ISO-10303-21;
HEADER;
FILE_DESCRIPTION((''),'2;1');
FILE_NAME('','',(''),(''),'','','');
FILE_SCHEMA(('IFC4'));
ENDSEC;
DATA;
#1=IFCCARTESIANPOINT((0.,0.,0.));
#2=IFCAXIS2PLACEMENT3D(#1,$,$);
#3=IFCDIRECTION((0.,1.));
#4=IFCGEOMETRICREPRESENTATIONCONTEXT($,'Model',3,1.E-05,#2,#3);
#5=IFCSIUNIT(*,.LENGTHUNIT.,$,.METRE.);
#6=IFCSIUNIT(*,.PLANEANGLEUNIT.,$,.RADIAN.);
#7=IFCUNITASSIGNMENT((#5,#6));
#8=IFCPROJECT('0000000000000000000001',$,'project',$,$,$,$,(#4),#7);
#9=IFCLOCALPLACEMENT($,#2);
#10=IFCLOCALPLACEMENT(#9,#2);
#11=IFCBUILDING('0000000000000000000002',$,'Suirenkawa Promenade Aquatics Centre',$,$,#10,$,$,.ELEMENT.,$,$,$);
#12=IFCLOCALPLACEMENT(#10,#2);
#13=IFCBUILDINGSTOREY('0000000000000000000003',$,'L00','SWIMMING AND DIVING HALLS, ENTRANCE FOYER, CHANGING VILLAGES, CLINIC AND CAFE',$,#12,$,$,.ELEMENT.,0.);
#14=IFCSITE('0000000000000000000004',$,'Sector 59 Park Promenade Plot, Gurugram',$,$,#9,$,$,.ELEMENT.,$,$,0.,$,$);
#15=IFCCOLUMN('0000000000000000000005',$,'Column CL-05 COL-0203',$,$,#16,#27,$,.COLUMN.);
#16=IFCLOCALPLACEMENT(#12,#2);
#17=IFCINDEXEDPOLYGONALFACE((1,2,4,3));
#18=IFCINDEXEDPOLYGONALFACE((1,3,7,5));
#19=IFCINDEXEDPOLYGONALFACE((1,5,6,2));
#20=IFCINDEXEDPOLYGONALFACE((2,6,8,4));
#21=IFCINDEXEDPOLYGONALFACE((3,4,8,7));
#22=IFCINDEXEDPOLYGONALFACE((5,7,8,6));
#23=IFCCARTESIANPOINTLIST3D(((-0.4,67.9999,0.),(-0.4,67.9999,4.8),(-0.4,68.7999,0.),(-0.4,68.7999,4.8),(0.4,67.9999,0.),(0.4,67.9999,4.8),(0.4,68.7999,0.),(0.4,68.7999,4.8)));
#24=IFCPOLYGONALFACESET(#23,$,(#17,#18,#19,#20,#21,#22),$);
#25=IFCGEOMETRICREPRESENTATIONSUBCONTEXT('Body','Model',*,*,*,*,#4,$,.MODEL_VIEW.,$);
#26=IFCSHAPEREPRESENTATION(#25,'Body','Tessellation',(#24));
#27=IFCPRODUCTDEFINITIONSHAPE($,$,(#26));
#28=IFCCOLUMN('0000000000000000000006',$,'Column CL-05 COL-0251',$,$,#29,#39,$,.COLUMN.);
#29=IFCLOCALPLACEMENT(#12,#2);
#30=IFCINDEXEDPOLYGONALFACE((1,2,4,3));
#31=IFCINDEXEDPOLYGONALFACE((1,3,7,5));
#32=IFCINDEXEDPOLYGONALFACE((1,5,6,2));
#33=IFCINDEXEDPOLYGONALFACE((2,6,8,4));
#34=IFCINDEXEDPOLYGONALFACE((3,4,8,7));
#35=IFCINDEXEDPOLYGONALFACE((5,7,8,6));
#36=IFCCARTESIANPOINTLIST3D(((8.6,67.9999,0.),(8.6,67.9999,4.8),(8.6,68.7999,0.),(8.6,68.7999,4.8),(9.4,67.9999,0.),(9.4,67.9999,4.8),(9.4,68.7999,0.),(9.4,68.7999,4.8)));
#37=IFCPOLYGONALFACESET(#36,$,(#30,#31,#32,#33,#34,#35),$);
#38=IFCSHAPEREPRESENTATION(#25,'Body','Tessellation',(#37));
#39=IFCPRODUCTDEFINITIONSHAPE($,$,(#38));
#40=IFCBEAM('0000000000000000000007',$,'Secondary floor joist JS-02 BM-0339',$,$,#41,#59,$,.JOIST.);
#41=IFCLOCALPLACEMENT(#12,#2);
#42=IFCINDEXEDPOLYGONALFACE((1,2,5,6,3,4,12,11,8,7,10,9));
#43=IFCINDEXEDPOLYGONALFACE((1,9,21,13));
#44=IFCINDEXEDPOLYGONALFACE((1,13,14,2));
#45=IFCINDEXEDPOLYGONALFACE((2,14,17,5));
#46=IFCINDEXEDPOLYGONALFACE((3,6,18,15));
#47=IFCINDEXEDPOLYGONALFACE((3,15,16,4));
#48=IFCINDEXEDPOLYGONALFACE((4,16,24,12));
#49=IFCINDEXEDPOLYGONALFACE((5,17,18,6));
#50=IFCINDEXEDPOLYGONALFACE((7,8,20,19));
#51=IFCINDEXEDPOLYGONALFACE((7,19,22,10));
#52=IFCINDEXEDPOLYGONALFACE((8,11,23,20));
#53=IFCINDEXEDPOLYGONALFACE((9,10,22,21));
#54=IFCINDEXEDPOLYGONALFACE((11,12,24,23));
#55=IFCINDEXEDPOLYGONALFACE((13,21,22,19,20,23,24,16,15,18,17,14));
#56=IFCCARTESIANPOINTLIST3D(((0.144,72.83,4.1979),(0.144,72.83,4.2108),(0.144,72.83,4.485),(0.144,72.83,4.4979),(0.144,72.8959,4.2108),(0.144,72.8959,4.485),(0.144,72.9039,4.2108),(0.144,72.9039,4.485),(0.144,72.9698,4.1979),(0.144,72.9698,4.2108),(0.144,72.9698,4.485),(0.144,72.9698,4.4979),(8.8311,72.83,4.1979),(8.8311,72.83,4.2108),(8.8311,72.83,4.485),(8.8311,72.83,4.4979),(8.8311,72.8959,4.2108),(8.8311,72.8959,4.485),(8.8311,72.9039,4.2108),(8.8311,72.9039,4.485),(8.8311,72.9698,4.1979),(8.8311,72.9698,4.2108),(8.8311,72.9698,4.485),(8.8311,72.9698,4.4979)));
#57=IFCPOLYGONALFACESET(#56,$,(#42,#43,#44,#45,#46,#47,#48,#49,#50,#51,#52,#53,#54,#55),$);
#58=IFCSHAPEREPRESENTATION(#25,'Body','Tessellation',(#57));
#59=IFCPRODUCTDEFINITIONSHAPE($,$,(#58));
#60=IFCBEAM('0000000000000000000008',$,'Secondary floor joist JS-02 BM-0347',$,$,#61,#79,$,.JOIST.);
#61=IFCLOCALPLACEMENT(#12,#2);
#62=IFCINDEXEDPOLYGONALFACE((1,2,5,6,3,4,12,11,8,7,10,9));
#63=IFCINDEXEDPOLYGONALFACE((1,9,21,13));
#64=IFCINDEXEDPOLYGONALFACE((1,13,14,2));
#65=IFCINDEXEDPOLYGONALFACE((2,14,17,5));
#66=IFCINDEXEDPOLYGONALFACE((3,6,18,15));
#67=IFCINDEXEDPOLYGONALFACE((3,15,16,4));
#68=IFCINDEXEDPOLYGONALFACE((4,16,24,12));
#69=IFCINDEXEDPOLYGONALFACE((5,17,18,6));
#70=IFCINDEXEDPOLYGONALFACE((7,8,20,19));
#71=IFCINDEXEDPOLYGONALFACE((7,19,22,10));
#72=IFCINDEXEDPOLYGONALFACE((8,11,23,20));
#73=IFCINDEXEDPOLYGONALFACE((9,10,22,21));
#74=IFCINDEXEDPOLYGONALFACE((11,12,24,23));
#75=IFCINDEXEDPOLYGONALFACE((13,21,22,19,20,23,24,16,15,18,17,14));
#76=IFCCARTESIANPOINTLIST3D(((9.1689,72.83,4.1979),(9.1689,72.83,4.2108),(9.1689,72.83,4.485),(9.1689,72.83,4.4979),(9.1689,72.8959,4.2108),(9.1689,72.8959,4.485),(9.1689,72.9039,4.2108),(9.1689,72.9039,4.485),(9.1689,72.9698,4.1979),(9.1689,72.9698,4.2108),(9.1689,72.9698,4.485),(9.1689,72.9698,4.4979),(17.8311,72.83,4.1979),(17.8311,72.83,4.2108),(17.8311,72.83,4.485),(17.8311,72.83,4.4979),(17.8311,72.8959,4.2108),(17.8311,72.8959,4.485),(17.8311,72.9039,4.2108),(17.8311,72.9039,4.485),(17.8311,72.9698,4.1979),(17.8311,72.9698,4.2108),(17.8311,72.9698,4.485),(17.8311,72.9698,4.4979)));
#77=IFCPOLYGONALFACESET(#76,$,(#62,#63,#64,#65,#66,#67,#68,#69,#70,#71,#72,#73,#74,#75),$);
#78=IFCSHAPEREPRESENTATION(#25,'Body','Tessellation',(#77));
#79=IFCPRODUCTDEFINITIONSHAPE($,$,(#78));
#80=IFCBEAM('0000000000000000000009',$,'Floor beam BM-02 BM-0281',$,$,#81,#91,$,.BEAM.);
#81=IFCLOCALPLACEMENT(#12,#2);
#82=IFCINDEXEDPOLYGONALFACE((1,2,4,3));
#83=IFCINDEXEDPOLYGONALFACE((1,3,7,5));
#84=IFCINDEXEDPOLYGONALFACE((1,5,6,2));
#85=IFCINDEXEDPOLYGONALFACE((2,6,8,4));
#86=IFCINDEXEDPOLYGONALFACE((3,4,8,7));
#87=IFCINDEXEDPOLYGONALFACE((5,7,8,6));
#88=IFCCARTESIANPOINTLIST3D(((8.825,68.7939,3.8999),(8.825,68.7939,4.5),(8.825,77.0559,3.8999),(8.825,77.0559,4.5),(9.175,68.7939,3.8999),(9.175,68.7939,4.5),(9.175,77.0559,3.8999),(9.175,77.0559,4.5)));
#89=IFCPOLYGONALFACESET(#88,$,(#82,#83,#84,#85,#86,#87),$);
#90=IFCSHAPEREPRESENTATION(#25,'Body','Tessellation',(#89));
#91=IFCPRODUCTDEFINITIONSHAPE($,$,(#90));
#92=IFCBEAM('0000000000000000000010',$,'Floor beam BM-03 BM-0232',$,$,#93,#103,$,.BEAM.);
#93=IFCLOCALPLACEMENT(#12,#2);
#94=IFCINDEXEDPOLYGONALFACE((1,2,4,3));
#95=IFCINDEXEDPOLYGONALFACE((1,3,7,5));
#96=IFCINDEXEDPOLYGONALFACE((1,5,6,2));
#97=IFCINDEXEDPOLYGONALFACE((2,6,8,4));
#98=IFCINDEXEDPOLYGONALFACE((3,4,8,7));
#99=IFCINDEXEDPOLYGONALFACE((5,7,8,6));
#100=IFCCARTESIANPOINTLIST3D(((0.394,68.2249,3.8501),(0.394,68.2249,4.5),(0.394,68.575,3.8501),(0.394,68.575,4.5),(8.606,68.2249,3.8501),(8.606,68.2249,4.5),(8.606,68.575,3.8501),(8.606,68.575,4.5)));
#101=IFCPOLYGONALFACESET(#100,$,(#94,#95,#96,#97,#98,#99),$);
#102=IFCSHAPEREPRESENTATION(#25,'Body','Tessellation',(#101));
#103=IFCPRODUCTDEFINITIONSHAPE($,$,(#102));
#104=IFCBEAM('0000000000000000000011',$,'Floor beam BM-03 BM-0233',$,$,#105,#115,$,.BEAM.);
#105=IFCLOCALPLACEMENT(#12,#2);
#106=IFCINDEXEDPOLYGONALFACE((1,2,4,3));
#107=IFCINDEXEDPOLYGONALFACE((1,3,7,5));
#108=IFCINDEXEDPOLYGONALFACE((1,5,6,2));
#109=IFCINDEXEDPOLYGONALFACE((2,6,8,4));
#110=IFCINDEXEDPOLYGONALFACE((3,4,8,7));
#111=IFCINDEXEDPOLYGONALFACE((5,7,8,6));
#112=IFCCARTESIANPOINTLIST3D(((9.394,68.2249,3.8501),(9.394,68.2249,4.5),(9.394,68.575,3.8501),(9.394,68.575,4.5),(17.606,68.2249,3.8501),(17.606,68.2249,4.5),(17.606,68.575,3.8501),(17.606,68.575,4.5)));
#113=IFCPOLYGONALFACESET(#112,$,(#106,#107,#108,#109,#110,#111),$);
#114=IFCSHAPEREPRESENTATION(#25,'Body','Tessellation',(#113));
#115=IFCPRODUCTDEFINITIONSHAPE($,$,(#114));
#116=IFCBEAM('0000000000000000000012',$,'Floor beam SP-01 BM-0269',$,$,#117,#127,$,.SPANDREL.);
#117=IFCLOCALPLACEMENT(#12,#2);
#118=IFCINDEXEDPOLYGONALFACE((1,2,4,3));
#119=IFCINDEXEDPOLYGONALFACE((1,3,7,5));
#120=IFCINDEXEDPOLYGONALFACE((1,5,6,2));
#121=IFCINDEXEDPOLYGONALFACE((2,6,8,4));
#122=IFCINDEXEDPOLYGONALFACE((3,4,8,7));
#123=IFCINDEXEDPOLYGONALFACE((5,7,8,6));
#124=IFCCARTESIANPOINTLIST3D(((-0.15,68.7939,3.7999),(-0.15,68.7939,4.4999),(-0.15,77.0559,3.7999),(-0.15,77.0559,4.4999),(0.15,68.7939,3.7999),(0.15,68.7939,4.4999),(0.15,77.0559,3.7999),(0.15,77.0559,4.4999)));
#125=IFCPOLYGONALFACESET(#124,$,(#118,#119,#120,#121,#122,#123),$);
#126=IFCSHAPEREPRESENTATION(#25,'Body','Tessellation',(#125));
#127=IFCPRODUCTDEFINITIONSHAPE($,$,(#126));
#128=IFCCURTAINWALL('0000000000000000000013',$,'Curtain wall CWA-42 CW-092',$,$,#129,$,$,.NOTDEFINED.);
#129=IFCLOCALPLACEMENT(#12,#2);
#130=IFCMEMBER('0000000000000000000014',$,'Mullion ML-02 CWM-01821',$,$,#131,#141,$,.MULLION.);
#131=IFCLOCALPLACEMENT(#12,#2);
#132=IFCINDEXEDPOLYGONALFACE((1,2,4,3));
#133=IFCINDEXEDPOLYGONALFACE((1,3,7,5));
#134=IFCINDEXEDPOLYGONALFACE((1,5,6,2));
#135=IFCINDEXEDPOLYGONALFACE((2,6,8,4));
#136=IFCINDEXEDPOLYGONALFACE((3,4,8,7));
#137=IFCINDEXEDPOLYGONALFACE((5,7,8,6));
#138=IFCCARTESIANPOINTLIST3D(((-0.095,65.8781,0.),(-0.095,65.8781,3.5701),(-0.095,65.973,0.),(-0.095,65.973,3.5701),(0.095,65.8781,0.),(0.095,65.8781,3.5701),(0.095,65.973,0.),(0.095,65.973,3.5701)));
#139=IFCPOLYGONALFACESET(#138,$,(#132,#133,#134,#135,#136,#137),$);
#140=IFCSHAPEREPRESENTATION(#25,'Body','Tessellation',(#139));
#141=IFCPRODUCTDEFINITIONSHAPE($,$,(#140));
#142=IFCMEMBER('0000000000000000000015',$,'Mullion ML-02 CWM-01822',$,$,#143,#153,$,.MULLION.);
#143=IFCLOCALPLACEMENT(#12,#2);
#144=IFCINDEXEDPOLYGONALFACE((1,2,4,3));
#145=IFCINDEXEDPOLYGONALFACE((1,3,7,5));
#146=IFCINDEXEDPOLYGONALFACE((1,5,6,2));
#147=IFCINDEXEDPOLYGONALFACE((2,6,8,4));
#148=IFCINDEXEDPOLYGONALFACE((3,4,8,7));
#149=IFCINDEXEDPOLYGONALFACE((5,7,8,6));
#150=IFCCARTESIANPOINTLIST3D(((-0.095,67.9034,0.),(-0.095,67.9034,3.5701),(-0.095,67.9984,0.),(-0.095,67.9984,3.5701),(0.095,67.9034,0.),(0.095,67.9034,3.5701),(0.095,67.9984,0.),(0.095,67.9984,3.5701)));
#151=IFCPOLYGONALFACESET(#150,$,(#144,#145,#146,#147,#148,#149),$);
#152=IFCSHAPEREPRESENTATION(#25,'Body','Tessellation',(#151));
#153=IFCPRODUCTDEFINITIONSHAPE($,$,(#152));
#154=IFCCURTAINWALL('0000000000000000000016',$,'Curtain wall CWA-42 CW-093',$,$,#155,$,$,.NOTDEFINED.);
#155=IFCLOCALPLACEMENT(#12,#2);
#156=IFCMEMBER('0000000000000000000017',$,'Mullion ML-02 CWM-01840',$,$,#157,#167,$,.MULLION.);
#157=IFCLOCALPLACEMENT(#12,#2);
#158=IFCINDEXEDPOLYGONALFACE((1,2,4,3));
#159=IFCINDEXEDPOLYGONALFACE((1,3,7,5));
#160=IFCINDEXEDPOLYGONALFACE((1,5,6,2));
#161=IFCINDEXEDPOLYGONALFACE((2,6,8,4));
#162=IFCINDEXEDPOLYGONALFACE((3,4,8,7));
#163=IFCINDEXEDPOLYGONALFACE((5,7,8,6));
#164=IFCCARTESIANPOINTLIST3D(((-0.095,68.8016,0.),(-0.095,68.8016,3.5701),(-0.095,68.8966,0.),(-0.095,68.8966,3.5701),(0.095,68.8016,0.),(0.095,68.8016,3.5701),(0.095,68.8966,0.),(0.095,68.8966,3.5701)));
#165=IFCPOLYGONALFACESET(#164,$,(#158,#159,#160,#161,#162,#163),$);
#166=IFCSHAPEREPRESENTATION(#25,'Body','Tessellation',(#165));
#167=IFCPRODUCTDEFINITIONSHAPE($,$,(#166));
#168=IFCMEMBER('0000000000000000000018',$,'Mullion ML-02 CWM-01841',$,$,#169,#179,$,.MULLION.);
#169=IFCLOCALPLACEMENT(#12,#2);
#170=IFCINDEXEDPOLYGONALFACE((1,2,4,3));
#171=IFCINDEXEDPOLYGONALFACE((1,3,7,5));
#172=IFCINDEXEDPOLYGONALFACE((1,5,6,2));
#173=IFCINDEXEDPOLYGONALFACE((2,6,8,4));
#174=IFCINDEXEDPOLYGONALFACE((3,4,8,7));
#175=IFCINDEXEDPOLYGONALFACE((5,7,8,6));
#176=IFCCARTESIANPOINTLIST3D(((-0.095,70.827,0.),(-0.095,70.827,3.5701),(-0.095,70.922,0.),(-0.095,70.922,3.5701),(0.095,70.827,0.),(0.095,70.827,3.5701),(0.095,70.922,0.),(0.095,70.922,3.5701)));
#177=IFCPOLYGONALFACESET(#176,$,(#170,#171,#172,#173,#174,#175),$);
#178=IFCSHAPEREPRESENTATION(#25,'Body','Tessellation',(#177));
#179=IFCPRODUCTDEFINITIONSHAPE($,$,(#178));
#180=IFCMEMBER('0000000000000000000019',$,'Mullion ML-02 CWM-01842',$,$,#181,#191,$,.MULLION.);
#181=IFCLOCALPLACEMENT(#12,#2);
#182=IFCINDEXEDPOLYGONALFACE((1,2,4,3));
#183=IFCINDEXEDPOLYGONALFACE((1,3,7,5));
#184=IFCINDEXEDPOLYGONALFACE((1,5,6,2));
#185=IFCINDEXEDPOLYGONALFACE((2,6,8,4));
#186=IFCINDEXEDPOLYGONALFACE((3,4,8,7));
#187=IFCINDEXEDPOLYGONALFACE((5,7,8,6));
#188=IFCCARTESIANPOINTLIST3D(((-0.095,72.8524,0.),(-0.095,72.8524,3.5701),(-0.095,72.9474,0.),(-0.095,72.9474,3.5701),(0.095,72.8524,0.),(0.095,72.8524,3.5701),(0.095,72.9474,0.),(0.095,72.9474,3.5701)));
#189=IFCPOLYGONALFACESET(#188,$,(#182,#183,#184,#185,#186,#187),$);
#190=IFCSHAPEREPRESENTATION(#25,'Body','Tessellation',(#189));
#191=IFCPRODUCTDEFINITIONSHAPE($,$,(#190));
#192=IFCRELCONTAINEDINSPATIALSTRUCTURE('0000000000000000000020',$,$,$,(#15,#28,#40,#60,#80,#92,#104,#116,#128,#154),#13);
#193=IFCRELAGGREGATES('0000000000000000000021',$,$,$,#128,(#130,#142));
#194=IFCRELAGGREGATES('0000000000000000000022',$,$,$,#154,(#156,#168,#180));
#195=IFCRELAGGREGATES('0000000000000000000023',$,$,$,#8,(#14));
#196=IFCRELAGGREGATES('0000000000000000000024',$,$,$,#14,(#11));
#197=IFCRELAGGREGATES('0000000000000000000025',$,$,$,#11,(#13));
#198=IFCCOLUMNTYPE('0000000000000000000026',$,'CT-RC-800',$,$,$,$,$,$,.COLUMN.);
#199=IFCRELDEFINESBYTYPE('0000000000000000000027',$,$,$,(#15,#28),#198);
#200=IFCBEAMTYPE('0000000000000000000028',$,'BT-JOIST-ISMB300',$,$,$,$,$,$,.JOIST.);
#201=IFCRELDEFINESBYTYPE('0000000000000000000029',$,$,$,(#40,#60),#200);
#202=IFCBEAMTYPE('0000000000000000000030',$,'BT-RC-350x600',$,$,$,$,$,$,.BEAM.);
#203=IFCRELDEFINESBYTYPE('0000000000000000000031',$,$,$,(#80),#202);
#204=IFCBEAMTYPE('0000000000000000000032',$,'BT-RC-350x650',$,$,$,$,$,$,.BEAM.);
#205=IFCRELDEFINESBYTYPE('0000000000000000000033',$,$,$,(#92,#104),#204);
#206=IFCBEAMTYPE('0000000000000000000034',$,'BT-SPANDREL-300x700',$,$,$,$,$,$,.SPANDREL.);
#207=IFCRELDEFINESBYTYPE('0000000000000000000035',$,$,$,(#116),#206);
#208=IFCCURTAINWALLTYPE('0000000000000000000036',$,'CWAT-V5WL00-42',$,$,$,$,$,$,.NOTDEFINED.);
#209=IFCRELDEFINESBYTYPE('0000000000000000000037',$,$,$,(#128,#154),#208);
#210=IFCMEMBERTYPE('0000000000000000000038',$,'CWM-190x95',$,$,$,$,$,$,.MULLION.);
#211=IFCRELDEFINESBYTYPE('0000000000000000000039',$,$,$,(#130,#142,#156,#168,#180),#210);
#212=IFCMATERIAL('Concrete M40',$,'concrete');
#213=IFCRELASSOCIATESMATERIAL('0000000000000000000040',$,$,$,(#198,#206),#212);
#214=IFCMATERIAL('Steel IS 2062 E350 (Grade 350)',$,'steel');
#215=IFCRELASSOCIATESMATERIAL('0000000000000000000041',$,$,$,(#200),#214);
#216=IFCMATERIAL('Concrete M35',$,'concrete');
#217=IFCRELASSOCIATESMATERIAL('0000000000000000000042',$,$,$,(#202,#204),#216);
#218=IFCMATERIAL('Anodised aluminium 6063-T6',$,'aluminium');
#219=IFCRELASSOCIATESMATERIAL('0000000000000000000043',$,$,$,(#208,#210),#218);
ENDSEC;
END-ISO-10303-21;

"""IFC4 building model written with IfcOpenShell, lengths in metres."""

from ifc_helpers import new_model, si_unit, direction, frame, origin, origin_2d, place, context, subcontext, project, spatial, rectangle, i_section, extrude, material, material_profile, profile_set, type_object, element, aggregate, save


model = new_model("IFC4")

# Units and contexts
model_context = context("Model", 3, precision=1e-05, world=origin(), true_north=direction((0.0, 1.0)))
body_context = subcontext(model_context, "Body", "Model", "MODEL_VIEW")
ifc_project = project(units=[si_unit("LENGTHUNIT", "METRE"), si_unit("PLANEANGLEUNIT", "RADIAN")], contexts=[model_context])

# Site, building, storey
site_placement = place(None, origin())
site = spatial("IfcSite", under=ifc_project, at=site_placement, Name="Sector 59 Park Promenade Plot, Gurugram", CompositionType="ELEMENT", RefElevation=0.0)
building_placement = place(site_placement, origin())
building = spatial("IfcBuilding", under=site, at=building_placement, Name="Suirenkawa Promenade Aquatics Centre", CompositionType="ELEMENT")
storey_placement = place(building_placement, origin())
storey = spatial("IfcBuildingStorey", under=building, at=storey_placement, Name="L00", Description="SWIMMING AND DIVING HALLS, ENTRANCE FOYER, CHANGING VILLAGES, CLINIC AND CAFE", CompositionType="ELEMENT", Elevation=0.0)

# Columns
ifc_material_1 = material(Name="Concrete M40", Category="concrete")
ifc_material_profile_1 = material_profile(ifc_material_1, rectangle(XDim=0.8, YDim=0.8, at=origin_2d()), Name="RC COL 800x800", Category="concrete")
ifc_profile_set_1 = profile_set([ifc_material_profile_1], Name="Concrete M40")
column_type = type_object("IfcColumnType", Name="CT-RC-800", PredefinedType="COLUMN", material=ifc_profile_set_1)
for number, where, z_axis, x_axis, name in (
    (1, (0.0, 68.3999, 0.0), (0.0, 0.0, 1.0), (1.0, 0.0, 0.0), "Column CL-05 COL-0203"),
    (2, (9.0, 68.3999, 0.0), (0.0, 0.0, 1.0), (1.0, 0.0, 0.0), "Column CL-05 COL-0251"),
):
    element("IfcColumn", number, at=place(storey_placement, frame(where, z_axis=z_axis, x_axis=x_axis)), inside=storey, type_object=column_type, Name=name, PredefinedType="COLUMN", context=body_context, shape_type="SweptSolid", body=[
        extrude(rectangle(XDim=0.8, YDim=0.8, at=origin_2d()), origin(), (0.0, 0.0, 1.0), 4.8),
    ])

# Beams
ifc_material_2 = material(Name="Steel IS 2062 E350 (Grade 350)", Category="steel")
ifc_material_profile_2 = material_profile(ifc_material_2, i_section(OverallWidth=0.1399, OverallDepth=0.3, WebThickness=0.0081, FlangeThickness=0.0129, at=origin_2d()), Name="ISMB 300", Category="steel")
ifc_profile_set_2 = profile_set([ifc_material_profile_2], Name="Steel IS 2062 E350 (Grade 350)")
beam_type_1 = type_object("IfcBeamType", Name="BT-JOIST-ISMB300", PredefinedType="JOIST", material=ifc_profile_set_2)
beam_1_placement = place(storey_placement, frame((0.144, 72.8999, 4.3479), z_axis=(1.0, 0.0, 0.0), x_axis=(0.0, 1.0, 0.0)))
element("IfcBeam", 3, at=beam_1_placement, inside=storey, type_object=beam_type_1, Name="Secondary floor joist JS-02 BM-0339", PredefinedType="JOIST", context=body_context, shape_type="SweptSolid", body=[
    extrude(i_section(OverallWidth=0.1399, OverallDepth=0.3, WebThickness=0.0081, FlangeThickness=0.0129, at=origin_2d()), origin(), (0.0, 0.0, 1.0), 8.687),
])
beam_2_placement = place(storey_placement, frame((9.1689, 72.8999, 4.3479), z_axis=(1.0, 0.0, 0.0), x_axis=(0.0, 1.0, 0.0)))
element("IfcBeam", 4, at=beam_2_placement, inside=storey, type_object=beam_type_1, Name="Secondary floor joist JS-02 BM-0347", PredefinedType="JOIST", context=body_context, shape_type="SweptSolid", body=[
    extrude(i_section(OverallWidth=0.1399, OverallDepth=0.3, WebThickness=0.0081, FlangeThickness=0.0129, at=origin_2d()), origin(), (0.0, 0.0, 1.0), 8.6621),
])
ifc_material_3 = material(Name="Concrete M35", Category="concrete")
ifc_material_profile_3 = material_profile(ifc_material_3, rectangle(XDim=0.3501, YDim=0.6001, at=origin_2d()), Name="RC BM 350x600", Category="concrete")
ifc_profile_set_3 = profile_set([ifc_material_profile_3], Name="Concrete M35")
beam_type_2 = type_object("IfcBeamType", Name="BT-RC-350x600", PredefinedType="BEAM", material=ifc_profile_set_3)
beam_3_placement = place(storey_placement, frame((9.0, 68.7939, 4.2), z_axis=(0.0, 1.0, 0.0), x_axis=(-1.0, 0.0, 0.0)))
element("IfcBeam", 5, at=beam_3_placement, inside=storey, type_object=beam_type_2, Name="Floor beam BM-02 BM-0281", PredefinedType="BEAM", context=body_context, shape_type="SweptSolid", body=[
    extrude(rectangle(XDim=0.3501, YDim=0.6001, at=origin_2d()), origin(), (0.0, 0.0, 1.0), 8.262),
])
ifc_material_profile_4 = material_profile(ifc_material_3, rectangle(XDim=0.3501, YDim=0.6499, at=origin_2d()), Name="RC BM 350x650", Category="concrete")
ifc_profile_set_4 = profile_set([ifc_material_profile_4], Name="Concrete M35")
beam_type_3 = type_object("IfcBeamType", Name="BT-RC-350x650", PredefinedType="BEAM", material=ifc_profile_set_4)
for number, where, z_axis, x_axis, name in (
    (6, (0.394, 68.3999, 4.175), (1.0, 0.0, 0.0), (0.0, 1.0, 0.0), "Floor beam BM-03 BM-0232"),
    (7, (9.394, 68.3999, 4.175), (1.0, 0.0, 0.0), (0.0, 1.0, 0.0), "Floor beam BM-03 BM-0233"),
):
    element("IfcBeam", number, at=place(storey_placement, frame(where, z_axis=z_axis, x_axis=x_axis)), inside=storey, type_object=beam_type_3, Name=name, PredefinedType="BEAM", context=body_context, shape_type="SweptSolid", body=[
        extrude(rectangle(XDim=0.3501, YDim=0.6499, at=origin_2d()), origin(), (0.0, 0.0, 1.0), 8.2119),
    ])
ifc_material_profile_5 = material_profile(ifc_material_1, rectangle(XDim=0.3, YDim=0.7, at=origin_2d()), Name="RC SPANDREL 300x700", Category="concrete")
ifc_profile_set_5 = profile_set([ifc_material_profile_5], Name="Concrete M40")
beam_type_4 = type_object("IfcBeamType", Name="BT-SPANDREL-300x700", PredefinedType="SPANDREL", material=ifc_profile_set_5)
beam_4_placement = place(storey_placement, frame((0.0, 68.7939, 4.1499), z_axis=(0.0, 1.0, 0.0), x_axis=(-1.0, 0.0, 0.0)))
element("IfcBeam", 8, at=beam_4_placement, inside=storey, type_object=beam_type_4, Name="Floor beam SP-01 BM-0269", PredefinedType="SPANDREL", context=body_context, shape_type="SweptSolid", body=[
    extrude(rectangle(XDim=0.3, YDim=0.7, at=origin_2d()), origin(), (0.0, 0.0, 1.0), 8.262),
])

# Curtain walls, members
ifc_material_4 = material(Name="Anodised aluminium 6063-T6", Category="aluminium")
curtain_wall_type = type_object("IfcCurtainWallType", Name="CWAT-V5WL00-42", PredefinedType="NOTDEFINED", material=ifc_material_4)
curtain_wall_1_placement = place(storey_placement, origin())
curtain_wall_1 = element("IfcCurtainWall", 9, at=curtain_wall_1_placement, inside=storey, type_object=curtain_wall_type, Name="Curtain wall CWA-42 CW-092", PredefinedType="NOTDEFINED")
ifc_material_profile_6 = material_profile(ifc_material_4, rectangle(XDim=0.095, YDim=0.1899, at=origin_2d()), Name="ALU MULL 95x190", Category="aluminium")
ifc_profile_set_6 = profile_set([ifc_material_profile_6], Name="Anodised aluminium 6063-T6")
member_type_1 = type_object("IfcMemberType", Name="CWM-190x95", PredefinedType="MULLION", material=ifc_profile_set_6)
member_1_placement = place(storey_placement, frame((0.0, 65.9255, 0.0), z_axis=(0.0, 0.0, 1.0), x_axis=(0.0, 1.0, 0.0)))
member_1 = element("IfcMember", 10, at=member_1_placement, type_object=member_type_1, Name="Mullion ML-02 CWM-01821", PredefinedType="MULLION", context=body_context, shape_type="SweptSolid", body=[
    extrude(rectangle(XDim=0.095, YDim=0.1899, at=origin_2d()), origin(), (0.0, 0.0, 1.0), 3.5701),
])
member_2_placement = place(storey_placement, frame((0.0, 67.9509, 0.0), z_axis=(0.0, 0.0, 1.0), x_axis=(0.0, 1.0, 0.0)))
member_2 = element("IfcMember", 11, at=member_2_placement, type_object=member_type_1, Name="Mullion ML-02 CWM-01822", PredefinedType="MULLION", context=body_context, shape_type="SweptSolid", body=[
    extrude(rectangle(XDim=0.095, YDim=0.1899, at=origin_2d()), origin(), (0.0, 0.0, 1.0), 3.5701),
])
curtain_wall_2_placement = place(storey_placement, origin())
curtain_wall_2 = element("IfcCurtainWall", 12, at=curtain_wall_2_placement, inside=storey, type_object=curtain_wall_type, Name="Curtain wall CWA-42 CW-093", PredefinedType="NOTDEFINED")
member_3_placement = place(storey_placement, frame((0.0, 68.8491, 0.0), z_axis=(0.0, 0.0, 1.0), x_axis=(0.0, 1.0, 0.0)))
member_3 = element("IfcMember", 13, at=member_3_placement, type_object=member_type_1, Name="Mullion ML-02 CWM-01840", PredefinedType="MULLION", context=body_context, shape_type="SweptSolid", body=[
    extrude(rectangle(XDim=0.095, YDim=0.1899, at=origin_2d()), origin(), (0.0, 0.0, 1.0), 3.5701),
])
member_4_placement = place(storey_placement, frame((0.0, 70.8745, 0.0), z_axis=(0.0, 0.0, 1.0), x_axis=(0.0, 1.0, 0.0)))
member_4 = element("IfcMember", 14, at=member_4_placement, type_object=member_type_1, Name="Mullion ML-02 CWM-01841", PredefinedType="MULLION", context=body_context, shape_type="SweptSolid", body=[
    extrude(rectangle(XDim=0.095, YDim=0.1899, at=origin_2d()), origin(), (0.0, 0.0, 1.0), 3.5701),
])
member_5_placement = place(storey_placement, frame((0.0, 72.8999, 0.0), z_axis=(0.0, 0.0, 1.0), x_axis=(0.0, 1.0, 0.0)))
member_5 = element("IfcMember", 15, at=member_5_placement, type_object=member_type_1, Name="Mullion ML-02 CWM-01842", PredefinedType="MULLION", context=body_context, shape_type="SweptSolid", body=[
    extrude(rectangle(XDim=0.095, YDim=0.1899, at=origin_2d()), origin(), (0.0, 0.0, 1.0), 3.5701),
])

aggregate(curtain_wall_1, [member_1, member_2])
aggregate(curtain_wall_2, [member_3, member_4, member_5])

save(model, "model.ifc")
